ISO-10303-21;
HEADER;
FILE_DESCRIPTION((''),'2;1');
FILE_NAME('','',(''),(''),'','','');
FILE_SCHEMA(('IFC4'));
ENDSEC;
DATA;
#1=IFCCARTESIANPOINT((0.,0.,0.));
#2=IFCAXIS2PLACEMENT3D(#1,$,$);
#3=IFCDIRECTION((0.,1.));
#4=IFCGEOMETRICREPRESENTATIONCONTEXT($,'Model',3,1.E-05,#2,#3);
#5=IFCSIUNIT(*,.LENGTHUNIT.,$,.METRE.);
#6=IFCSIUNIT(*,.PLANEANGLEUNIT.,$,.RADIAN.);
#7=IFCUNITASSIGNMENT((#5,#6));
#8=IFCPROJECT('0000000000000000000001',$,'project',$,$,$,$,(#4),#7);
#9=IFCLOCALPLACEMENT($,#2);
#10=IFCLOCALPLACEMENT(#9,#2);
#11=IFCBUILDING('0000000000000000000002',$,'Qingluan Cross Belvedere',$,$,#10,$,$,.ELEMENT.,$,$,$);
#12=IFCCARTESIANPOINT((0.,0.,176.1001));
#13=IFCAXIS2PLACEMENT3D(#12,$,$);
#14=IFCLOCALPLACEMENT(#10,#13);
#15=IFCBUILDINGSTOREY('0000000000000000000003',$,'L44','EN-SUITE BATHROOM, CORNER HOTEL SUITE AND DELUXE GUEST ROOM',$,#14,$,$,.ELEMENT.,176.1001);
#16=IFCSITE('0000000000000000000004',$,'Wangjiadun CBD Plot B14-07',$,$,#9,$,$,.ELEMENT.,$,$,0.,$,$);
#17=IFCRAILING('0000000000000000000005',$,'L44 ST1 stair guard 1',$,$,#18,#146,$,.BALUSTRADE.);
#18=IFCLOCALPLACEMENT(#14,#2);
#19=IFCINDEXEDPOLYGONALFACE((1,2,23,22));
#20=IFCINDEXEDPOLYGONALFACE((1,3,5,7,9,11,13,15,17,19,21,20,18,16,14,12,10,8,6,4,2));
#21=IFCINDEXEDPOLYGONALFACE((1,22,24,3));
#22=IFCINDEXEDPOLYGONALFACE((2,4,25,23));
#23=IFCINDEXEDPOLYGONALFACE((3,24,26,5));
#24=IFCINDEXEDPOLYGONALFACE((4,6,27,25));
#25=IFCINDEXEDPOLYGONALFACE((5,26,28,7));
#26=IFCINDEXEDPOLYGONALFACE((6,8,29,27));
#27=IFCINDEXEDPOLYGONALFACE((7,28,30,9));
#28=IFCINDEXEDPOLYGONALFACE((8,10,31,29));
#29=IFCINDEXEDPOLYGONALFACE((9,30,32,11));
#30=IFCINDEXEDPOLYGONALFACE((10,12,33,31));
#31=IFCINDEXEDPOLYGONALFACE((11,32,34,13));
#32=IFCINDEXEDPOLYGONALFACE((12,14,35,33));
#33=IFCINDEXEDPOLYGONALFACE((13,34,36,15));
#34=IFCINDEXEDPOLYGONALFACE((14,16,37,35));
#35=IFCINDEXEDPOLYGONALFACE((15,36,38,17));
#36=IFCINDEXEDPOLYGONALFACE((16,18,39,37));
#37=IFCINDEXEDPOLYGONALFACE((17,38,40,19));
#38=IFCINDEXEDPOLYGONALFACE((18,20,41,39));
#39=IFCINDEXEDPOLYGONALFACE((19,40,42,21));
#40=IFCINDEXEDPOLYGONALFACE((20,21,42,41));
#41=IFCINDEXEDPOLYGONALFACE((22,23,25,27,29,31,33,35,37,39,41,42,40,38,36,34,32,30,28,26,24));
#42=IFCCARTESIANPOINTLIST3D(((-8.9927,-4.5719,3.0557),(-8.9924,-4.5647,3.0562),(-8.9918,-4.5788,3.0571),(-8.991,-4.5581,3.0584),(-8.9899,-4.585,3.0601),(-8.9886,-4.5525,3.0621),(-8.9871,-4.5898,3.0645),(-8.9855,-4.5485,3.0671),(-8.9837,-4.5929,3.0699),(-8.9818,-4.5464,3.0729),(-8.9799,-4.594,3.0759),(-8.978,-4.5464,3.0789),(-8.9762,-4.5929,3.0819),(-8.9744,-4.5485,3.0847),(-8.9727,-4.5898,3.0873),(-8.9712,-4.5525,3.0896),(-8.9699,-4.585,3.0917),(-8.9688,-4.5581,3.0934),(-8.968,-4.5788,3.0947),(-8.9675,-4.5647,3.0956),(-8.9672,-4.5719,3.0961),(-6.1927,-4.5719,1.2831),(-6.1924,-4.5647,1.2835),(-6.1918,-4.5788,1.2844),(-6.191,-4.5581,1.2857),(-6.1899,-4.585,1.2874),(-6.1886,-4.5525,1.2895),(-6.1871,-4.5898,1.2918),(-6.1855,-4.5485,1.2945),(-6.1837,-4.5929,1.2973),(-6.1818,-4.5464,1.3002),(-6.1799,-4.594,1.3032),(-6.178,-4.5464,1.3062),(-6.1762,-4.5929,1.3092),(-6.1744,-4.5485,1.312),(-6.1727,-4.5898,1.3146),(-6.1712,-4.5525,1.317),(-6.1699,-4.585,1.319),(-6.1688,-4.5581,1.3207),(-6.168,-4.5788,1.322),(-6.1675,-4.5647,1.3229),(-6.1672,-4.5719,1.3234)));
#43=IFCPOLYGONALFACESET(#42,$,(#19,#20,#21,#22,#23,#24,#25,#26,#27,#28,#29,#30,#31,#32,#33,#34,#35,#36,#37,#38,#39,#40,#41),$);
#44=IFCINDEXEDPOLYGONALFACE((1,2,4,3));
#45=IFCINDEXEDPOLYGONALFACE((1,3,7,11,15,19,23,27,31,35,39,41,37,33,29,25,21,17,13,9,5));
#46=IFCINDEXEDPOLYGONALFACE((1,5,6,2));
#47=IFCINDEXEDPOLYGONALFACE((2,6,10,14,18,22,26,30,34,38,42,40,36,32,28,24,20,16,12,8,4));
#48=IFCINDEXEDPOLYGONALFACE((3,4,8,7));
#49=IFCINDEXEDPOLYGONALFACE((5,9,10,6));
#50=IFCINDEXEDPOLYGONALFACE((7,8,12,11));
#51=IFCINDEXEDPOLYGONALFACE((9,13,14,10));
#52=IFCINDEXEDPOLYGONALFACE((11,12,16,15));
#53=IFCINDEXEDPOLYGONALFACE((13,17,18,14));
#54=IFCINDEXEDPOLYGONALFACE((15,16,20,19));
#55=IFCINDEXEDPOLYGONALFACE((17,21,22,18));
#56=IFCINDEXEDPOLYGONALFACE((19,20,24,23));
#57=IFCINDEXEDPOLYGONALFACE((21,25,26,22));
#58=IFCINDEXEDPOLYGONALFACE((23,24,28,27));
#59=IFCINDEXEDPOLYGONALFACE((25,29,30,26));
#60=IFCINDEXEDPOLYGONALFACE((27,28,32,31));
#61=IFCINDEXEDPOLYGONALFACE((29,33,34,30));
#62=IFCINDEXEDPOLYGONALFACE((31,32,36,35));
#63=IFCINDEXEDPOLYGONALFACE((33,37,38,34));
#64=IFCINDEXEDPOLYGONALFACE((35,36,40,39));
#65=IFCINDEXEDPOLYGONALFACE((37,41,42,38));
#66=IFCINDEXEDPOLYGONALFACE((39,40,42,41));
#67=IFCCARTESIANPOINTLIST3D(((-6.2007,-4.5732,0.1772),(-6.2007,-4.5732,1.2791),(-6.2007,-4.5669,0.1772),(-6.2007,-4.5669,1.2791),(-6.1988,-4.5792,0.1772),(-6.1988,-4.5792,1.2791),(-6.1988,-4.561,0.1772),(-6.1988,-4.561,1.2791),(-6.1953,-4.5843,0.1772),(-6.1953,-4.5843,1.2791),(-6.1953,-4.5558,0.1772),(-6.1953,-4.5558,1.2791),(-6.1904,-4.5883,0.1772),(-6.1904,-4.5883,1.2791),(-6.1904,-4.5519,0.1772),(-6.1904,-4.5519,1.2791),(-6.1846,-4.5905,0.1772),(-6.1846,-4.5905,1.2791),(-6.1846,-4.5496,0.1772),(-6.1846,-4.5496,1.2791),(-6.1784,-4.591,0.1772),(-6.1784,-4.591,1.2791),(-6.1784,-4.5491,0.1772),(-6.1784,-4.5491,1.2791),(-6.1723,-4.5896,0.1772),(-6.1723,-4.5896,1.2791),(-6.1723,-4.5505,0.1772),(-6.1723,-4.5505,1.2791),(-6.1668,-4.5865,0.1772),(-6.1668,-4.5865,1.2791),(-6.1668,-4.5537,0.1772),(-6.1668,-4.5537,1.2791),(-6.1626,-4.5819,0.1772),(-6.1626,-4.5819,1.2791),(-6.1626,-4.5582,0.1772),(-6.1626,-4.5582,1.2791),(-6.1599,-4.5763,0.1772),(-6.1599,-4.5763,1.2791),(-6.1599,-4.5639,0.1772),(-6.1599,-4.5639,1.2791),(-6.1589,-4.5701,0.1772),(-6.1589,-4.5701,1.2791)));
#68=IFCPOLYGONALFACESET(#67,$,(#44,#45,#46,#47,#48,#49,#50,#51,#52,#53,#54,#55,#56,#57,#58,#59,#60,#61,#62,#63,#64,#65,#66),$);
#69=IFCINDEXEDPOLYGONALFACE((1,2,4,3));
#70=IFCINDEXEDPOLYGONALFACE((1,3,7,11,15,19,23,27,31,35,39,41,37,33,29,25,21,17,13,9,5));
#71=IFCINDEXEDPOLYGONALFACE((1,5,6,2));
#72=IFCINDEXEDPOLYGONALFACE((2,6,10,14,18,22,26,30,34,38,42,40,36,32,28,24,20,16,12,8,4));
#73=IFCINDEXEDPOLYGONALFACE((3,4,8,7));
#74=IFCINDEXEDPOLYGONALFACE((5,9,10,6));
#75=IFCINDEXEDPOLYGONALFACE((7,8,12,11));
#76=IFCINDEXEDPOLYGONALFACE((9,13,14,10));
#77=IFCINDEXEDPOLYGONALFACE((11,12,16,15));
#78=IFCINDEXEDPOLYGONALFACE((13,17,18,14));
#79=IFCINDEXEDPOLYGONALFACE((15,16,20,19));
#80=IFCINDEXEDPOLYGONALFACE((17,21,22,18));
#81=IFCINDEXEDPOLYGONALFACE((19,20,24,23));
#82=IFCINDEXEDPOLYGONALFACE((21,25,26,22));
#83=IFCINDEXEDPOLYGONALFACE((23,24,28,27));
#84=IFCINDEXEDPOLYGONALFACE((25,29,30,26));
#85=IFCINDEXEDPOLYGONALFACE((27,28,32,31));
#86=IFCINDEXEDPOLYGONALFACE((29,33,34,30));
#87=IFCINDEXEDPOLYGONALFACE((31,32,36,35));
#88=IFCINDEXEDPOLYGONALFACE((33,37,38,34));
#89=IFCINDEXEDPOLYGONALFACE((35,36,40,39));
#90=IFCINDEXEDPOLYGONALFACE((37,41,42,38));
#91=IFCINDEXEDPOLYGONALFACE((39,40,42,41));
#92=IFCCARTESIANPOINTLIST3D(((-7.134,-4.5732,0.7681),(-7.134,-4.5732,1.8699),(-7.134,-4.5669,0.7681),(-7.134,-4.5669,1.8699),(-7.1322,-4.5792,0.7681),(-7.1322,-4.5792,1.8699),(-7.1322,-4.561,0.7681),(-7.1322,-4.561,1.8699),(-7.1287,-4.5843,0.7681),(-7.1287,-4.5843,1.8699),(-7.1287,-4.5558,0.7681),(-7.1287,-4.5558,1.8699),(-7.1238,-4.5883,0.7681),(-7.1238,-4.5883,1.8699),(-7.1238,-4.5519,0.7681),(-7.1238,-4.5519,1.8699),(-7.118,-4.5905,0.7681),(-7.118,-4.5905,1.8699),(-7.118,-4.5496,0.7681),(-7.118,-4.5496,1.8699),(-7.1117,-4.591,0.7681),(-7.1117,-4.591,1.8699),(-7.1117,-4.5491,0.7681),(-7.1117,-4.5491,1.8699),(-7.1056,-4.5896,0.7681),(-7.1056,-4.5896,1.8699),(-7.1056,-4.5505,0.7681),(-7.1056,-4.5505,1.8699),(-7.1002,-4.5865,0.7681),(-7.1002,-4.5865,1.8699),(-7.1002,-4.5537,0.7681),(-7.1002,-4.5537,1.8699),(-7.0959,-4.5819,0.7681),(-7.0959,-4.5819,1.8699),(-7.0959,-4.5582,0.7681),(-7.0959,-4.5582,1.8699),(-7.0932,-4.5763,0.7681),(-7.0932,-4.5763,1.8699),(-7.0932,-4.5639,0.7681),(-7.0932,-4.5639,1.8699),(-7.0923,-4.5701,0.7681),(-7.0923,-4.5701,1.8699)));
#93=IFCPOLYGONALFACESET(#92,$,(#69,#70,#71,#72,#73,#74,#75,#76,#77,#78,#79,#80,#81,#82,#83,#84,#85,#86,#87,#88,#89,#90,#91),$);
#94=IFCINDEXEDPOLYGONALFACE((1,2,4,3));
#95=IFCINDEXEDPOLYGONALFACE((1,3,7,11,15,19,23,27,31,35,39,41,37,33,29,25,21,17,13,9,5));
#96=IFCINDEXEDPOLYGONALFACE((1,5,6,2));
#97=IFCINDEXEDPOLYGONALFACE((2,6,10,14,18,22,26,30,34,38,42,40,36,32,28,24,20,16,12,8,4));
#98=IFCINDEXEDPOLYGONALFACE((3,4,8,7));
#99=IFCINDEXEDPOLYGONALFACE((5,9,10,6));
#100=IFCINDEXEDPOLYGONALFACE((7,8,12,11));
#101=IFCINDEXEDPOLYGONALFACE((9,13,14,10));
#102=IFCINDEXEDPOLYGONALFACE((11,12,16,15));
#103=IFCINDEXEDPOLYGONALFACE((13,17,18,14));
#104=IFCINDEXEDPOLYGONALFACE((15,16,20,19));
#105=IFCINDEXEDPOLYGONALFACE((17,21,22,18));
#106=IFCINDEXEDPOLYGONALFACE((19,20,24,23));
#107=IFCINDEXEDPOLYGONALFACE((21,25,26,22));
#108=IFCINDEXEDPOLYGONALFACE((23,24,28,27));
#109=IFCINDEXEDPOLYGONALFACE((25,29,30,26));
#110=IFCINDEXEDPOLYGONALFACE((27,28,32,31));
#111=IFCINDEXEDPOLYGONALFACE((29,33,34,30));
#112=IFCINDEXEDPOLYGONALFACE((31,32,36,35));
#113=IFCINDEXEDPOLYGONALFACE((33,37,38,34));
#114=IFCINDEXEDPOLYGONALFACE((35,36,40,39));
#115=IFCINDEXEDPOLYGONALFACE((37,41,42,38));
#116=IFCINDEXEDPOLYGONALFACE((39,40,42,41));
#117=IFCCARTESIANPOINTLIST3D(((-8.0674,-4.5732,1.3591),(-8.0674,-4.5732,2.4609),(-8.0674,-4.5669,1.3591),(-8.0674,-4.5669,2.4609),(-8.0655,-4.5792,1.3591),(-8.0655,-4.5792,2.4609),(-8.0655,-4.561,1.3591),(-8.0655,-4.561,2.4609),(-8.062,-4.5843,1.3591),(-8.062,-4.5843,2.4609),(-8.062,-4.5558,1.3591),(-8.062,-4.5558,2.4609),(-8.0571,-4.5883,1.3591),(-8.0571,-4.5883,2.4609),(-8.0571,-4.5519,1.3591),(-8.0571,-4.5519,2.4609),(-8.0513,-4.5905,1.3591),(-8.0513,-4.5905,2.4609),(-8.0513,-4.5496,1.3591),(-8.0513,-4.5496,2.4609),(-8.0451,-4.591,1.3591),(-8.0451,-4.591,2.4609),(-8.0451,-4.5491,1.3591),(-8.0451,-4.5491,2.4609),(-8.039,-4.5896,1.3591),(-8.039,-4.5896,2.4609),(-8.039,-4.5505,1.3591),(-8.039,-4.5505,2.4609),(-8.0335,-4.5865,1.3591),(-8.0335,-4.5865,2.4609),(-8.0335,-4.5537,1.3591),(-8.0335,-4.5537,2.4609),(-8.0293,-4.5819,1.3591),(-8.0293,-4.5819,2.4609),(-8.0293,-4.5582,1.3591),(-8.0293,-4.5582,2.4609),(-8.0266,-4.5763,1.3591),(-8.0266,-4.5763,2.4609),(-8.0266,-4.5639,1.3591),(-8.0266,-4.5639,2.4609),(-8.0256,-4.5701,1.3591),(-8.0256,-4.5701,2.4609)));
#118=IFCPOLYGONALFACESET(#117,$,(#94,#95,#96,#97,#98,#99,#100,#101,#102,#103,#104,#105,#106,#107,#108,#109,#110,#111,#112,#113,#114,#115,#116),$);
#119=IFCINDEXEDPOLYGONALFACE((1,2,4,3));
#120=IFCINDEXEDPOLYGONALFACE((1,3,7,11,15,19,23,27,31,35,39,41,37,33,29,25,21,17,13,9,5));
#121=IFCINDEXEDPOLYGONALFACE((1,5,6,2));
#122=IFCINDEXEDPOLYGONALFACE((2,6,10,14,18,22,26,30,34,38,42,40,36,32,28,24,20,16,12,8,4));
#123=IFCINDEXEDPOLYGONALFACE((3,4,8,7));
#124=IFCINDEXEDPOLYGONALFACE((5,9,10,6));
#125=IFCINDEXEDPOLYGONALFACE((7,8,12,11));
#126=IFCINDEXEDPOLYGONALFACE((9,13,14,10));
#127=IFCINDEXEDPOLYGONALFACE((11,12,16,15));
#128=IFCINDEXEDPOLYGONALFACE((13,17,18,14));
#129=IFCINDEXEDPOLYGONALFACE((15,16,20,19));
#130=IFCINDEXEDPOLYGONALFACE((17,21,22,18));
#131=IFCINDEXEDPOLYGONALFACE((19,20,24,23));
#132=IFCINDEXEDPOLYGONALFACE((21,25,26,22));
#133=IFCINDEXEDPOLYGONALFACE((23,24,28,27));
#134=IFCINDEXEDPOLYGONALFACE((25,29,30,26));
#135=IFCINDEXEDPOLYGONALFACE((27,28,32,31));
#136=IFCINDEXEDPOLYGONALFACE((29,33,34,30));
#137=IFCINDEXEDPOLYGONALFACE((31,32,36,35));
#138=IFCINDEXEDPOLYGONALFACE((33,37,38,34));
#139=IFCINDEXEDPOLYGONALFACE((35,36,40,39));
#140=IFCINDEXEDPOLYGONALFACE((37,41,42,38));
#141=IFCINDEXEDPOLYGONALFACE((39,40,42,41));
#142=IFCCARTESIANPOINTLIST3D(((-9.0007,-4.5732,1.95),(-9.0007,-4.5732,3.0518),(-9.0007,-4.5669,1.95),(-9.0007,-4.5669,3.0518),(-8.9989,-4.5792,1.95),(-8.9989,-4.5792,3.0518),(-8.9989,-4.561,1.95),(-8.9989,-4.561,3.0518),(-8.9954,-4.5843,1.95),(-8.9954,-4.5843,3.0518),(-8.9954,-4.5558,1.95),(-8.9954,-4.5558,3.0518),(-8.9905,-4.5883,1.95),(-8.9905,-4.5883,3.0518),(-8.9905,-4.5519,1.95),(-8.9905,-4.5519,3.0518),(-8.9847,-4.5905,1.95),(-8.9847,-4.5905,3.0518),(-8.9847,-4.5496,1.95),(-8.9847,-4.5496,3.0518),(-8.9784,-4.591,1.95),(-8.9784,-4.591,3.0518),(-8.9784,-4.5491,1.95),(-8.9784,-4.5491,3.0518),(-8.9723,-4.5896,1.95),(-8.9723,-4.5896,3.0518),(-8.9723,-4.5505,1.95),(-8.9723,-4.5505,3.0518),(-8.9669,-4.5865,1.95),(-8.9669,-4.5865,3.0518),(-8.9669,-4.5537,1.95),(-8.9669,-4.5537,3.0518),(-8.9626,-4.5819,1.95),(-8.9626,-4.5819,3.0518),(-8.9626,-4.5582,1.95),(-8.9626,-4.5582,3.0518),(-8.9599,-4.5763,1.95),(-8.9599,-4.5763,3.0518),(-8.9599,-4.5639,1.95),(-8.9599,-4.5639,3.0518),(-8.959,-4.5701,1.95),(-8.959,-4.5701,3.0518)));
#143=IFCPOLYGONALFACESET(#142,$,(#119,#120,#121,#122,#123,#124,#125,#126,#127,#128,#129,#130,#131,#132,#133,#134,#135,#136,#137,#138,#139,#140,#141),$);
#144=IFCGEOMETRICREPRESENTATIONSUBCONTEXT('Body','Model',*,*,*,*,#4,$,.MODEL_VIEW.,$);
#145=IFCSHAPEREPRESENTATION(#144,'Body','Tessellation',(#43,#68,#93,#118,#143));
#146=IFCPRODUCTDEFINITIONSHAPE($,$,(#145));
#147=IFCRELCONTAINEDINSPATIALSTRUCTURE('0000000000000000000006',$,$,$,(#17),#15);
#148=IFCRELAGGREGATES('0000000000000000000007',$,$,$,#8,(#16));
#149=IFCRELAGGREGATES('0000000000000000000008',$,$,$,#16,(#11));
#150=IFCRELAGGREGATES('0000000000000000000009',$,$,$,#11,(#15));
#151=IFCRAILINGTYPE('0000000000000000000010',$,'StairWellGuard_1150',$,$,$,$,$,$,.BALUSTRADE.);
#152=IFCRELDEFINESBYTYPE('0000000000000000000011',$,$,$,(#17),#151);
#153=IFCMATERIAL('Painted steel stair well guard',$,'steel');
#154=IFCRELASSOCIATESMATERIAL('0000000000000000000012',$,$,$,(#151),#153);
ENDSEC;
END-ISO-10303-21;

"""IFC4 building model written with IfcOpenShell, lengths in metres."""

from ifc_helpers import new_model, si_unit, direction, frame, origin, origin_2d, place, context, subcontext, project, spatial, circle, extrude, material, type_object, element, save


model = new_model("IFC4")

# Units and contexts
model_context = context("Model", 3, precision=1e-05, world=origin(), true_north=direction((0.0, 1.0)))
body_context = subcontext(model_context, "Body", "Model", "MODEL_VIEW")
ifc_project = project(units=[si_unit("LENGTHUNIT", "METRE"), si_unit("PLANEANGLEUNIT", "RADIAN")], contexts=[model_context])

# Site, building, storey
site_placement = place(None, origin())
site = spatial("IfcSite", under=ifc_project, at=site_placement, Name="Wangjiadun CBD Plot B14-07", CompositionType="ELEMENT", RefElevation=0.0)
building_placement = place(site_placement, origin())
building = spatial("IfcBuilding", under=site, at=building_placement, Name="Qingluan Cross Belvedere", CompositionType="ELEMENT")
storey_placement = place(building_placement, frame((0.0, 0.0, 176.1001)))
storey = spatial("IfcBuildingStorey", under=building, at=storey_placement, Name="L44", Description="EN-SUITE BATHROOM, CORNER HOTEL SUITE AND DELUXE GUEST ROOM", CompositionType="ELEMENT", Elevation=176.1001)

# Railing
ifc_material_1 = material(Name="Painted steel stair well guard", Category="steel")
railing_type_1 = type_object("IfcRailingType", Name="StairWellGuard_1150", PredefinedType="BALUSTRADE", material=ifc_material_1)
railing_1_placement = place(storey_placement, frame((-6.1799, -4.5701, 0.1772)))
element("IfcRailing", 1, at=railing_1_placement, inside=storey, type_object=railing_type_1, Name="L44 ST1 stair guard 1", PredefinedType="BALUSTRADE", context=body_context, shape_type="SweptSolid", body=[
    extrude(circle(Radius=0.0239, at=origin_2d()), frame((0.0, 0.0, 1.126), z_axis=(-0.844909, 0.0, 0.53491), x_axis=(0.0, -1.0, 0.0)), (0.0, 0.0, 1.0), 3.314),
    extrude(circle(Radius=0.021, at=origin_2d()), origin(), (0.0, 0.0, 1.0), 1.1018),
    extrude(circle(Radius=0.021, at=origin_2d()), frame((-0.9333, 0.0, 0.5908)), (0.0, 0.0, 1.0), 1.1018),
    extrude(circle(Radius=0.021, at=origin_2d()), frame((-1.8667, 0.0, 1.1819)), (0.0, 0.0, 1.0), 1.1018),
    extrude(circle(Radius=0.021, at=origin_2d()), frame((-2.8, 0.0, 1.7727)), (0.0, 0.0, 1.0), 1.1018),
])

save(model, "model.ifc")
